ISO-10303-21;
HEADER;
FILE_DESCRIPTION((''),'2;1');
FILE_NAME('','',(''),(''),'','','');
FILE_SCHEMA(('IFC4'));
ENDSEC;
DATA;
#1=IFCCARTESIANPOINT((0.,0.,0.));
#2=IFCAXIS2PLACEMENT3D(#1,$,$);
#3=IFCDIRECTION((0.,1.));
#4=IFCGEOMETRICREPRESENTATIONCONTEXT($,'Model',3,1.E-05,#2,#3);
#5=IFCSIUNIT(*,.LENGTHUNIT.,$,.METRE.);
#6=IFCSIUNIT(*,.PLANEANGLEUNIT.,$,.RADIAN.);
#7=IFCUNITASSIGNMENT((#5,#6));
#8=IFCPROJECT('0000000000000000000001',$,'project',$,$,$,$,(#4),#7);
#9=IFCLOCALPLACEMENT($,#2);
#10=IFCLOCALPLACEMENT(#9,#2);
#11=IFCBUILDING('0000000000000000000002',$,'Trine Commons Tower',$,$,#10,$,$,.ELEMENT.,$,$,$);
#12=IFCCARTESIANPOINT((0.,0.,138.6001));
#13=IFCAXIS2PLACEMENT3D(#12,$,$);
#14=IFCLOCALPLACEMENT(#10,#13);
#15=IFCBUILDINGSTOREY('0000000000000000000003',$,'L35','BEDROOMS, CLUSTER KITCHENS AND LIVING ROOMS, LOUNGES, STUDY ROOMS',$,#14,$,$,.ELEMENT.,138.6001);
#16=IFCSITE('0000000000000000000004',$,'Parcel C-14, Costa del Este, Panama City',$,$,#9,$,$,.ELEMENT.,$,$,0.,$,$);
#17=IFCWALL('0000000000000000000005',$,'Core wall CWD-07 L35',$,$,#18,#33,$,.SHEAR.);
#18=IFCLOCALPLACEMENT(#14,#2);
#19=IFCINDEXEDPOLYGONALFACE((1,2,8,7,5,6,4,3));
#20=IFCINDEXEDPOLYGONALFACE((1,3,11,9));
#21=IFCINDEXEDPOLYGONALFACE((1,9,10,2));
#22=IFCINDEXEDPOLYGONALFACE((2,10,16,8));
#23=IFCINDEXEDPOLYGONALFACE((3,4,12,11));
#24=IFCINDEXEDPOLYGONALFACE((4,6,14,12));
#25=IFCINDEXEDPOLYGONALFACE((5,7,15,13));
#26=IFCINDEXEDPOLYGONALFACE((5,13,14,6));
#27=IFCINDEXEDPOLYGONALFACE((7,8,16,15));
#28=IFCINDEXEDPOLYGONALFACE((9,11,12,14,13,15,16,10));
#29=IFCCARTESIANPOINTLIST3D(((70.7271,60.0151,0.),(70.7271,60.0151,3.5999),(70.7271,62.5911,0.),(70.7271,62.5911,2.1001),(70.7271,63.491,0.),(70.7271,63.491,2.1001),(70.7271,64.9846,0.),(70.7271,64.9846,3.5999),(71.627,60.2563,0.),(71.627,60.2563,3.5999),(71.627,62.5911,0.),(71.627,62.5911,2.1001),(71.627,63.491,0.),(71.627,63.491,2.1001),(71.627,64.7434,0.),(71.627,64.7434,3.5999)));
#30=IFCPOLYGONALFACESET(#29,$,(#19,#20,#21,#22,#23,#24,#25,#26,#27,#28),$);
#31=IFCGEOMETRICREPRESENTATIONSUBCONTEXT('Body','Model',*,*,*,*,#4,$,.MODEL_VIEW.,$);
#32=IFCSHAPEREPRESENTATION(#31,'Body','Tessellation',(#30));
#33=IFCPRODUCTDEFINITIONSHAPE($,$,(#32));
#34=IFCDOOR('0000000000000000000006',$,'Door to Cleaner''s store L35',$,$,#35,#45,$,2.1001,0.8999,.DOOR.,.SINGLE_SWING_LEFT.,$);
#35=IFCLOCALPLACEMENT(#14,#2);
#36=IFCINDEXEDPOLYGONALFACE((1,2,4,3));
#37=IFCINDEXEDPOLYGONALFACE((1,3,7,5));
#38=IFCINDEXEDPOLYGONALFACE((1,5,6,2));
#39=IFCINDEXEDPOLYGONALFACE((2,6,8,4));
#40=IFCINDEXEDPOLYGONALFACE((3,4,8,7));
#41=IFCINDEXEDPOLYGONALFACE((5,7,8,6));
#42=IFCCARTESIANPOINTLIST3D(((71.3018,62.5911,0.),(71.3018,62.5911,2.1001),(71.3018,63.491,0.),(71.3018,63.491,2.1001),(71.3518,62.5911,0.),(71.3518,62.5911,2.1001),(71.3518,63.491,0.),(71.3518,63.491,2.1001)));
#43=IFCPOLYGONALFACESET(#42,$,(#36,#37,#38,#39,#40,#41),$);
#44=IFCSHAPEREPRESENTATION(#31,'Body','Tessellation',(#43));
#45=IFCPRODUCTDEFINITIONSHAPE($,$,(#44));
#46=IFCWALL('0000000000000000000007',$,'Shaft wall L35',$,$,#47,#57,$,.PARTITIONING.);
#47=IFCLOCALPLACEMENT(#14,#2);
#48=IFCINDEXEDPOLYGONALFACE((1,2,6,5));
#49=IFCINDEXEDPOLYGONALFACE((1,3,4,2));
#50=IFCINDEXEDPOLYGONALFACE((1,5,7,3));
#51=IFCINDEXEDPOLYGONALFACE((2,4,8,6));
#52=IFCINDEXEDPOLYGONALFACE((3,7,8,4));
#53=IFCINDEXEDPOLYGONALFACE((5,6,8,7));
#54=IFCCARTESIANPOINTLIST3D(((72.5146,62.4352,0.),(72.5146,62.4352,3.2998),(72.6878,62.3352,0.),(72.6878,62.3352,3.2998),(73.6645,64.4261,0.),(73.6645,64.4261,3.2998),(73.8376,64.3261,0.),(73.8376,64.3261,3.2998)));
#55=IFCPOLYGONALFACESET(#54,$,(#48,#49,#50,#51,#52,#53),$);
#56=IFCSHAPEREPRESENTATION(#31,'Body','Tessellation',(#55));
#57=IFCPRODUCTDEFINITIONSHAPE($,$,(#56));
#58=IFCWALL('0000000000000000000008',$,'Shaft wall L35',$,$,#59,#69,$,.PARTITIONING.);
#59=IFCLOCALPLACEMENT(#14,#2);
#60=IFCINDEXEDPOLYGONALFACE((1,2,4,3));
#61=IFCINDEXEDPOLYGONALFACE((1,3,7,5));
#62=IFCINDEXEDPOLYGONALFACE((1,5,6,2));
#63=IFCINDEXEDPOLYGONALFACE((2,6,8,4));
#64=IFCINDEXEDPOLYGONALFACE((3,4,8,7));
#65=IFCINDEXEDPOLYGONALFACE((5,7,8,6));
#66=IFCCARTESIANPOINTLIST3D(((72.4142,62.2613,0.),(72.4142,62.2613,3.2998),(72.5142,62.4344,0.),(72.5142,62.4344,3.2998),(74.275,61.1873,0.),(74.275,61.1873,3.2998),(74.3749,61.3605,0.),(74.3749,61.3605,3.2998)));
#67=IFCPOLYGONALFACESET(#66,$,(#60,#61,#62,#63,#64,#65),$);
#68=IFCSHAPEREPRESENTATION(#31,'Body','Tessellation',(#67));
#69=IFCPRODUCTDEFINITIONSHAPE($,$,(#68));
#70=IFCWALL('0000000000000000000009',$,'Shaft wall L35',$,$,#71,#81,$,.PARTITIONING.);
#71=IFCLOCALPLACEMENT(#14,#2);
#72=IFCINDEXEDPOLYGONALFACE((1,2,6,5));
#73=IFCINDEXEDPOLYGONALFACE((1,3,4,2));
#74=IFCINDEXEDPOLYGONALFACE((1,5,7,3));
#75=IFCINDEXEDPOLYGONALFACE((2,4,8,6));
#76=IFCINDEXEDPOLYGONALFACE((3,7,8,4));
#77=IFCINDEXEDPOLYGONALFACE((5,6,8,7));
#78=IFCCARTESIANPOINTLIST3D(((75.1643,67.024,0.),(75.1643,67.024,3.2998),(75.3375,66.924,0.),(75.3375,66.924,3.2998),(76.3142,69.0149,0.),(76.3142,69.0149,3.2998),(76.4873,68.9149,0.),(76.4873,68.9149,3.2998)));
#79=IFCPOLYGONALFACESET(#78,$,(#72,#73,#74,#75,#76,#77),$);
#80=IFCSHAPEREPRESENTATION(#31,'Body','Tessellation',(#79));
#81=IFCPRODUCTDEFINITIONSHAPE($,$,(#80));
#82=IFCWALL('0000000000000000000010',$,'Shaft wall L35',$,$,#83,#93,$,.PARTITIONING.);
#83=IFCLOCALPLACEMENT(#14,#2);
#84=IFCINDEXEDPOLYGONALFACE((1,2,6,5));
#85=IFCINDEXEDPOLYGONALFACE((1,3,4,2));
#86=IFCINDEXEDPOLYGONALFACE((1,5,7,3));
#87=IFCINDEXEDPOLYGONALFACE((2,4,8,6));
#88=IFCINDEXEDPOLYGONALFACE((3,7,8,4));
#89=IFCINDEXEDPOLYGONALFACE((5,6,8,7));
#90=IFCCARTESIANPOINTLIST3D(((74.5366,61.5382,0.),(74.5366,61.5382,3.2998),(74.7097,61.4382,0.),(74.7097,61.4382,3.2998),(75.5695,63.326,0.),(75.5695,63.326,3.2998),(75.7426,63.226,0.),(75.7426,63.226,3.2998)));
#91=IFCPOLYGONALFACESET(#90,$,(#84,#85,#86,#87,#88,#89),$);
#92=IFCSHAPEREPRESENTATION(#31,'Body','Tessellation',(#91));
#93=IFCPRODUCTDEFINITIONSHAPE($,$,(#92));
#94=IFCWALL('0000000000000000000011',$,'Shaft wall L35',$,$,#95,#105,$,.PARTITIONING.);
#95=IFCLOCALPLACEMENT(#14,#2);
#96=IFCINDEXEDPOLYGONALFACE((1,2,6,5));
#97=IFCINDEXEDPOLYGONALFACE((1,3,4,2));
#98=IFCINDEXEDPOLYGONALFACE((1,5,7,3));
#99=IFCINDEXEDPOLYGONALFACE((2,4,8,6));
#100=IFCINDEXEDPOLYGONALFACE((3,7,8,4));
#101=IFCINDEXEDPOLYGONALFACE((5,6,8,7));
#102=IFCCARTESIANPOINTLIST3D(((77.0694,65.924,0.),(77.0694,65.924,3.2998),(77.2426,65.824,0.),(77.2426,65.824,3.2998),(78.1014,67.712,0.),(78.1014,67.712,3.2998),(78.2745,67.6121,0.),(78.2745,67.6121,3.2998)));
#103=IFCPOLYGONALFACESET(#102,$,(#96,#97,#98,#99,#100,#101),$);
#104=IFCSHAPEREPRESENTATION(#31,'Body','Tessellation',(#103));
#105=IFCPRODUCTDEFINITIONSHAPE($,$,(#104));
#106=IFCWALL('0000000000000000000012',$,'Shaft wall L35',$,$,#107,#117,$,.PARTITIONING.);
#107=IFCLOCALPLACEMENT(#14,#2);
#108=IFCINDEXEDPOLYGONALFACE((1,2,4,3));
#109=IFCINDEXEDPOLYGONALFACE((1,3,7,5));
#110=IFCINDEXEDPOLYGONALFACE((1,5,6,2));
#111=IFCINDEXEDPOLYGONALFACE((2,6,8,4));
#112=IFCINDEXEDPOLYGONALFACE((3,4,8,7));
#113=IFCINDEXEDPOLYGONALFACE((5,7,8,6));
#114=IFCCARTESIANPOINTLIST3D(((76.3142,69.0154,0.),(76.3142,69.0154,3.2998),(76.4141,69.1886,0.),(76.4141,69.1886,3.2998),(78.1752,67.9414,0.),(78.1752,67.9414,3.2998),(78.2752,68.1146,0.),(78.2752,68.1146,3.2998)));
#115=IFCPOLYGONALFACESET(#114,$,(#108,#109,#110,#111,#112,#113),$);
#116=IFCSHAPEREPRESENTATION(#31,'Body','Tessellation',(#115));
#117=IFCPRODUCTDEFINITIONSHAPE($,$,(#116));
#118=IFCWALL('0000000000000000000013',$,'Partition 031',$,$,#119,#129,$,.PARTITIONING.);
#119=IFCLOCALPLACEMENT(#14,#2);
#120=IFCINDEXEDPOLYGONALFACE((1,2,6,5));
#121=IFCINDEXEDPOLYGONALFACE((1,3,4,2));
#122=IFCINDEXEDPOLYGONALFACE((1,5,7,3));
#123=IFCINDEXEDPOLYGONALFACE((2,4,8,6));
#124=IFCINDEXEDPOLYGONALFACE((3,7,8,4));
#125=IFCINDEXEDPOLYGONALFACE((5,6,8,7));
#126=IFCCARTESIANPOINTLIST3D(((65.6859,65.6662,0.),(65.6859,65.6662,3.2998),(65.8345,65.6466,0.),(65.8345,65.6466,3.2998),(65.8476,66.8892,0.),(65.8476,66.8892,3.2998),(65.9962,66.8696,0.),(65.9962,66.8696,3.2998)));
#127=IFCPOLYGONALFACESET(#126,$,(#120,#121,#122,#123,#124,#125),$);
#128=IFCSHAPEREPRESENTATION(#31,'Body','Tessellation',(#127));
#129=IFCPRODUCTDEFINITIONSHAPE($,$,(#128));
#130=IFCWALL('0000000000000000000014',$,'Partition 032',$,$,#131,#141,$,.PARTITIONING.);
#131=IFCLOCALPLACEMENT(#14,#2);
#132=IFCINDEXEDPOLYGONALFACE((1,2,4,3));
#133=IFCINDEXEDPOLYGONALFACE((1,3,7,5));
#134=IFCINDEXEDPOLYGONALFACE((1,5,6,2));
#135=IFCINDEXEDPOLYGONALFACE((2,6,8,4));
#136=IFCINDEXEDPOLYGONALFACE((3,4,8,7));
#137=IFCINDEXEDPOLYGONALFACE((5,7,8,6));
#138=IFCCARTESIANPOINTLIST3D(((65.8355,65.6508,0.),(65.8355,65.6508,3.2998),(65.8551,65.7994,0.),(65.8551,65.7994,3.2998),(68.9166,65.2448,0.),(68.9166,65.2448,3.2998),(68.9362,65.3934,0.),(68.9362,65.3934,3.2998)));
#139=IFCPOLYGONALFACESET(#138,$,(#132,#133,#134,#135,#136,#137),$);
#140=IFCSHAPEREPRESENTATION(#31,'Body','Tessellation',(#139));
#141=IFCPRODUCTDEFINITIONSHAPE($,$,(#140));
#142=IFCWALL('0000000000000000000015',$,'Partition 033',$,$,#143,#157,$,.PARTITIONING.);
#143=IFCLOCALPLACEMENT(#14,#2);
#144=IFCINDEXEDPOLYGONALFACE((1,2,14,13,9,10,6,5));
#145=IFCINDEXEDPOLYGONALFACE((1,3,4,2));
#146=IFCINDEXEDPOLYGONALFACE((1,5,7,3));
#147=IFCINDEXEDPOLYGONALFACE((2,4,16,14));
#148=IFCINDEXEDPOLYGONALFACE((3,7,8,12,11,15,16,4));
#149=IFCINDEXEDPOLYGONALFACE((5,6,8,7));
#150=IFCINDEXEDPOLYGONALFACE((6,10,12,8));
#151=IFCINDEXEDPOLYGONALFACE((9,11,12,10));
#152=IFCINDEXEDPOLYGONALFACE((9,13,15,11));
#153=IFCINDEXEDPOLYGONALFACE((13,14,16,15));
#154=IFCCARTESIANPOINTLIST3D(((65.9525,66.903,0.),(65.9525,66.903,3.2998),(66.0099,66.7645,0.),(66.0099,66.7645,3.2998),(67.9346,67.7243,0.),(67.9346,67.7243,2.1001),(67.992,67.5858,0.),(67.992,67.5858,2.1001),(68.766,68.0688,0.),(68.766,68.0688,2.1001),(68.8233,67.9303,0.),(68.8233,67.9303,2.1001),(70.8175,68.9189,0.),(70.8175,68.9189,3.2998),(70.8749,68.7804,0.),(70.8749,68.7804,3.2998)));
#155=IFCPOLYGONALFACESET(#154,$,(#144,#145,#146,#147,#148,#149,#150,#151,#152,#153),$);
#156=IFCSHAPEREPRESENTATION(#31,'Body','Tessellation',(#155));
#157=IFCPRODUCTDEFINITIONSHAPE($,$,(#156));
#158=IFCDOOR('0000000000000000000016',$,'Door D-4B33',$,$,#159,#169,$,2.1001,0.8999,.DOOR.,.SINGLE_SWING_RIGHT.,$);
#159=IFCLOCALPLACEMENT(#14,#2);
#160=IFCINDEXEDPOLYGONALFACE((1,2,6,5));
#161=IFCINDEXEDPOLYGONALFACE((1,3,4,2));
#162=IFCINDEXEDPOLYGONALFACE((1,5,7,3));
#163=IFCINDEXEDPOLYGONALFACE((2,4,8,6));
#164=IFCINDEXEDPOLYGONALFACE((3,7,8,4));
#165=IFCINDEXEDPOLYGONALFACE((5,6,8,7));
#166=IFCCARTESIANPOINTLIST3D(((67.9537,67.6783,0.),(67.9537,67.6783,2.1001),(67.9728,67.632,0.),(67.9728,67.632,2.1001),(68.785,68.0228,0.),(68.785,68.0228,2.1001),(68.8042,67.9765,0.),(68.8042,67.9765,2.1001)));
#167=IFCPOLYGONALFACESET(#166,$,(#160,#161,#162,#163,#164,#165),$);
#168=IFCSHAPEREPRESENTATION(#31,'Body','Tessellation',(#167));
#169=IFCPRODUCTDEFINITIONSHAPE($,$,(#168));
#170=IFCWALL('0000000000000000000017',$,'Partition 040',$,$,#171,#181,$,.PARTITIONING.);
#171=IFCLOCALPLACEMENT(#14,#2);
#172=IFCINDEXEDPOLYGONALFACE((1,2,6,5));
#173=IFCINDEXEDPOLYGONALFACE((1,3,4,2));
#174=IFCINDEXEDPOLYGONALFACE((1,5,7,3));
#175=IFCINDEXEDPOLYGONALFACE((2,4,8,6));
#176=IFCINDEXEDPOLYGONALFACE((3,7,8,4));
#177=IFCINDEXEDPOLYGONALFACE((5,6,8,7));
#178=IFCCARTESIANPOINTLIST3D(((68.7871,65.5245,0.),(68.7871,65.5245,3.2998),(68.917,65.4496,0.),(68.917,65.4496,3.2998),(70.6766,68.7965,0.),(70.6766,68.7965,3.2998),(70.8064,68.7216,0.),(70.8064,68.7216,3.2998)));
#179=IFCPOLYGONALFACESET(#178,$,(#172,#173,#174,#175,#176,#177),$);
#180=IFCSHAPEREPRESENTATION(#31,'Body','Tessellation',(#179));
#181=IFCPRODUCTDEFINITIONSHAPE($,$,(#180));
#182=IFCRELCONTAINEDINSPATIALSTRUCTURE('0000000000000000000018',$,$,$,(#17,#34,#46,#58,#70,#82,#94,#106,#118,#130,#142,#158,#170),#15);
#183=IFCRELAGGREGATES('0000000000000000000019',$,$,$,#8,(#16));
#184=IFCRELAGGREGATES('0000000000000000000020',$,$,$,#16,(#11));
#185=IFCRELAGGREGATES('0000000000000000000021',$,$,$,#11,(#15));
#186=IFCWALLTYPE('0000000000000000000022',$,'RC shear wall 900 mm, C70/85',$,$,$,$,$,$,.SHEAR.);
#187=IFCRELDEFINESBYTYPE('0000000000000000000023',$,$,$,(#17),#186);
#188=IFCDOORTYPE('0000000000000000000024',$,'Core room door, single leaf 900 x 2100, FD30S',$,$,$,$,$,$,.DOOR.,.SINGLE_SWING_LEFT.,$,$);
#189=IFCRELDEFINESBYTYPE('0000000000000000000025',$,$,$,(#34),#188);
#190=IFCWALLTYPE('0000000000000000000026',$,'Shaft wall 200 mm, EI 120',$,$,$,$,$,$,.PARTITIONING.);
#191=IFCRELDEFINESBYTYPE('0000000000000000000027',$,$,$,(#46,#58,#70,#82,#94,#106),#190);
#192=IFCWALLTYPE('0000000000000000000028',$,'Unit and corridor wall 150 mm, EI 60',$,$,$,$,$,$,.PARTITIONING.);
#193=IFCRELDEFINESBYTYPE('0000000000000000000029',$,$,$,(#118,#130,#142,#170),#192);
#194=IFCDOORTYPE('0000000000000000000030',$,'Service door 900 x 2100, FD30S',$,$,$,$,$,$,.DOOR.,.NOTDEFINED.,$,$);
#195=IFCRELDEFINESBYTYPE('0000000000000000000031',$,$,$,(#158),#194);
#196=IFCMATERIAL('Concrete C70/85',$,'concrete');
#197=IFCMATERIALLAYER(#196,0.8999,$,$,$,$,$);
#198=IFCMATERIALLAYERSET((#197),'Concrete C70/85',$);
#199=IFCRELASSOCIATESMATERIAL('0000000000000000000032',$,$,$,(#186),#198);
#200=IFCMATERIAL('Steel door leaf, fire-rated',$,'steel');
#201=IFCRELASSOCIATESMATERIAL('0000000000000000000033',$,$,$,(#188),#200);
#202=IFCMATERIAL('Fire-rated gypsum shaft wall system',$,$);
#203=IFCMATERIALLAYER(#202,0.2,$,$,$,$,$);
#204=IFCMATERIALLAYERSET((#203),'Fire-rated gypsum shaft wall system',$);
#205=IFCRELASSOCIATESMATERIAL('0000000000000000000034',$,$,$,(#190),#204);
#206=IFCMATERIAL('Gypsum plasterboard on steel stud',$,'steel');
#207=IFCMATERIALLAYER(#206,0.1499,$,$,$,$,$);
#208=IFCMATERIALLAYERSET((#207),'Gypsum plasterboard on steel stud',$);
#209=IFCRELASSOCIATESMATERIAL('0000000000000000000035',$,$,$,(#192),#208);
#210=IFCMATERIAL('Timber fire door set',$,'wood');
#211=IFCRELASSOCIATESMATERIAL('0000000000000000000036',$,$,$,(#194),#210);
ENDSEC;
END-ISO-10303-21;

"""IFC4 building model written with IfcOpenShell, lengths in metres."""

from ifc_helpers import new_model, si_unit, direction, frame, frame_2d, origin, place, context, subcontext, project, spatial, polyline, rectangle, outline, extrude, material, layer, layer_set, type_object, element, fill, save


model = new_model("IFC4")

# Units and contexts
model_context = context("Model", 3, precision=1e-05, world=origin(), true_north=direction((0.0, 1.0)))
body_context = subcontext(model_context, "Body", "Model", "MODEL_VIEW")
ifc_project = project(units=[si_unit("LENGTHUNIT", "METRE"), si_unit("PLANEANGLEUNIT", "RADIAN")], contexts=[model_context])

# Site, building, storey
site_placement = place(None, origin())
site = spatial("IfcSite", under=ifc_project, at=site_placement, Name="Parcel C-14, Costa del Este, Panama City", CompositionType="ELEMENT", RefElevation=0.0)
building_placement = place(site_placement, origin())
building = spatial("IfcBuilding", under=site, at=building_placement, Name="Trine Commons Tower", CompositionType="ELEMENT")
storey_placement = place(building_placement, frame((0.0, 0.0, 138.6001)))
storey = spatial("IfcBuildingStorey", under=building, at=storey_placement, Name="L35", Description="BEDROOMS, CLUSTER KITCHENS AND LIVING ROOMS, LOUNGES, STUDY ROOMS", CompositionType="ELEMENT", Elevation=138.6001)

# Shared definitions
ifc_material_1 = material(Name="Fire-rated gypsum shaft wall system")
ifc_material_2 = material(Name="Steel door leaf, fire-rated", Category="steel")
ifc_material_3 = material(Name="Concrete C70/85", Category="concrete")

# Wall, opening, door
ifc_layer_1 = layer(ifc_material_3, 0.8999)
ifc_layer_set_1 = layer_set([ifc_layer_1], Name="Concrete C70/85")
wall_type_1 = type_object("IfcWallType", Name="RC shear wall 900 mm, C70/85", PredefinedType="SHEAR", material=ifc_layer_set_1)
wall_1_placement = place(storey_placement, frame((71.177, 64.9846, 0.0), z_axis=(0.0, 0.0, 1.0), x_axis=(0.0, -1.0, 0.0)))
wall_1 = element("IfcWall", 1, at=wall_1_placement, inside=storey, type_object=wall_type_1, Name="Core wall CWD-07 L35", PredefinedType="SHEAR", context=body_context, shape_type="SweptSolid", body=[
    extrude(outline(polyline([(0.0, -0.45), (4.9695, -0.45), (4.7283, 0.45), (0.2412, 0.45), (0.0, -0.45)])), origin(), (0.0, 0.0, 1.0), 3.5999),
])
opening_1_placement = place(wall_1_placement, frame((1.4937, 0.0, 0.0)))
opening_1 = element("IfcOpeningElement", 2, at=opening_1_placement, cuts=wall_1, PredefinedType="OPENING", context=body_context, shape_type="SweptSolid", body=[
    extrude(rectangle(XDim=0.8999, YDim=2.1001, at=frame_2d((0.45, 1.05))), frame((0.0, 0.46, 0.0), z_axis=(0.0, -1.0, 0.0), x_axis=(1.0, 0.0, 0.0)), (0.0, 0.0, 1.0), 0.9199),
])
door_type_1 = type_object("IfcDoorType", Name="Core room door, single leaf 900 x 2100, FD30S", OperationType="SINGLE_SWING_LEFT", PredefinedType="DOOR", material=ifc_material_2)
door_1_placement = place(opening_1_placement, origin())
door_1 = element("IfcDoor", 3, at=door_1_placement, inside=storey, type_object=door_type_1, Name="Door to Cleaner's store L35", OperationType="SINGLE_SWING_LEFT", OverallHeight=2.1001, OverallWidth=0.8999, PredefinedType="DOOR", context=body_context, shape_type="SweptSolid", body=[
    extrude(rectangle(XDim=0.8999, YDim=2.1001, at=frame_2d((0.45, 1.05))), frame((0.0, 0.1748, 0.0), z_axis=(0.0, -1.0, 0.0), x_axis=(1.0, 0.0, 0.0)), (0.0, 0.0, 1.0), 0.05),
])
fill(opening_1, door_1)

# Walls
ifc_layer_2 = layer(ifc_material_1, 0.2)
ifc_layer_set_2 = layer_set([ifc_layer_2], Name="Fire-rated gypsum shaft wall system")
wall_type_2 = type_object("IfcWallType", Name="Shaft wall 200 mm, EI 120", PredefinedType="PARTITIONING", material=ifc_layer_set_2)
wall_2_placement = place(storey_placement, frame((73.751, 64.376, 0.0), z_axis=(0.0, 0.0, 1.0), x_axis=(-0.500136, -0.865947, 0.0)))
element("IfcWall", 4, at=wall_2_placement, inside=storey, type_object=wall_type_2, Name="Shaft wall L35", PredefinedType="PARTITIONING", context=body_context, shape_type="SweptSolid", body=[
    extrude(rectangle(XDim=2.2991, YDim=0.2, at=frame_2d((1.1494, 0.0))), origin(), (0.0, 0.0, 1.0), 3.2998),
])
wall_3_placement = place(storey_placement, frame((74.325, 61.2739, 0.0), z_axis=(0.0, 0.0, 1.0), x_axis=(-0.866102, 0.499867, 0.0)))
element("IfcWall", 5, at=wall_3_placement, inside=storey, type_object=wall_type_2, Name="Shaft wall L35", PredefinedType="PARTITIONING", context=body_context, shape_type="SweptSolid", body=[
    extrude(rectangle(XDim=2.1484, YDim=0.2, at=frame_2d((1.0742, 0.0))), origin(), (0.0, 0.0, 1.0), 3.2998),
])
wall_4_placement = place(storey_placement, frame((75.251, 66.9741, 0.0), z_axis=(0.0, 0.0, 1.0), x_axis=(0.500136, 0.865947, 0.0)))
element("IfcWall", 6, at=wall_4_placement, inside=storey, type_object=wall_type_2, Name="Shaft wall L35", PredefinedType="PARTITIONING", context=body_context, shape_type="SweptSolid", body=[
    extrude(rectangle(XDim=2.2991, YDim=0.2, at=frame_2d((1.1494, 0.0))), origin(), (0.0, 0.0, 1.0), 3.2998),
])
wall_5_placement = place(storey_placement, frame((75.656, 63.2759, 0.0), z_axis=(0.0, 0.0, 1.0), x_axis=(-0.500272, -0.865868, 0.0)))
element("IfcWall", 7, at=wall_5_placement, inside=storey, type_object=wall_type_2, Name="Shaft wall L35", PredefinedType="PARTITIONING", context=body_context, shape_type="SweptSolid", body=[
    extrude(rectangle(XDim=2.0647, YDim=0.2, at=frame_2d((1.0322, 0.0))), origin(), (0.0, 0.0, 1.0), 3.2998),
])
wall_6_placement = place(storey_placement, frame((77.156, 65.874, 0.0), z_axis=(0.0, 0.0, 1.0), x_axis=(0.499866, 0.866103, 0.0)))
element("IfcWall", 8, at=wall_6_placement, inside=storey, type_object=wall_type_2, Name="Shaft wall L35", PredefinedType="PARTITIONING", context=body_context, shape_type="SweptSolid", body=[
    extrude(rectangle(XDim=2.0645, YDim=0.2, at=frame_2d((1.0322, 0.0))), origin(), (0.0, 0.0, 1.0), 3.2998),
])
wall_7_placement = place(storey_placement, frame((78.2251, 68.0281, 0.0), z_axis=(0.0, 0.0, 1.0), x_axis=(-0.866131, 0.499818, 0.0)))
element("IfcWall", 9, at=wall_7_placement, inside=storey, type_object=wall_type_2, Name="Shaft wall L35", PredefinedType="PARTITIONING", context=body_context, shape_type="SweptSolid", body=[
    extrude(rectangle(XDim=2.1487, YDim=0.2, at=frame_2d((1.0742, 0.0))), origin(), (0.0, 0.0, 1.0), 3.2998),
])
ifc_material_4 = material(Name="Gypsum plasterboard on steel stud", Category="steel")
ifc_layer_3 = layer(ifc_material_4, 0.1499)
ifc_layer_set_3 = layer_set([ifc_layer_3], Name="Gypsum plasterboard on steel stud")
wall_type_3 = type_object("IfcWallType", Name="Unit and corridor wall 150 mm, EI 60", PredefinedType="PARTITIONING", material=ifc_layer_set_3)
wall_8_placement = place(storey_placement, frame((65.7603, 65.6565, 0.0), z_axis=(0.0, 0.0, 1.0), x_axis=(0.131023, 0.991379, 0.0)))
element("IfcWall", 10, at=wall_8_placement, inside=storey, type_object=wall_type_3, Name="Partition 031", PredefinedType="PARTITIONING", context=body_context, shape_type="SweptSolid", body=[
    extrude(rectangle(XDim=1.2336, YDim=0.1499, at=frame_2d((0.6167, 0.0))), origin(), (0.0, 0.0, 1.0), 3.2998),
])
wall_9_placement = place(storey_placement, frame((65.8455, 65.7251, 0.0), z_axis=(0.0, 0.0, 1.0), x_axis=(0.991429, -0.130646, 0.0)))
element("IfcWall", 11, at=wall_9_placement, inside=storey, type_object=wall_type_3, Name="Partition 032", PredefinedType="PARTITIONING", context=body_context, shape_type="SweptSolid", body=[
    extrude(rectangle(XDim=3.1077, YDim=0.1499, at=frame_2d((1.5537, 0.0))), origin(), (0.0, 0.0, 1.0), 3.2998),
])

# Wall, opening, door
wall_10_placement = place(storey_placement, frame((65.9812, 66.8337, 0.0), z_axis=(0.0, 0.0, 1.0), x_axis=(0.923831, 0.382801, 0.0)))
wall_10 = element("IfcWall", 12, at=wall_10_placement, inside=storey, type_object=wall_type_3, Name="Partition 033", PredefinedType="PARTITIONING", context=body_context, shape_type="SweptSolid", body=[
    extrude(rectangle(XDim=5.2661, YDim=0.1499, at=frame_2d((2.6331, 0.0))), origin(), (0.0, 0.0, 1.0), 3.2998),
])
opening_2_placement = place(wall_10_placement, frame((2.1455, 0.0, 0.0)))
opening_2 = element("IfcOpeningElement", 13, at=opening_2_placement, cuts=wall_10, PredefinedType="OPENING", context=body_context, shape_type="SweptSolid", body=[
    extrude(rectangle(XDim=0.8999, YDim=2.1001, at=frame_2d((0.45, 1.05))), frame((0.0, 0.085, 0.0), z_axis=(0.0, -1.0, 0.0), x_axis=(1.0, 0.0, 0.0)), (0.0, 0.0, 1.0), 0.1699),
])
ifc_material_5 = material(Name="Timber fire door set", Category="wood")
door_type_2 = type_object("IfcDoorType", Name="Service door 900 x 2100, FD30S", OperationType="NOTDEFINED", PredefinedType="DOOR", material=ifc_material_5)
door_2_placement = place(opening_2_placement, frame((0.8999, 0.0, 0.0), z_axis=(0.0, 0.0, 1.0), x_axis=(-1.0, 0.0, 0.0)))
door_2 = element("IfcDoor", 14, at=door_2_placement, inside=storey, type_object=door_type_2, Name="Door D-4B33", OperationType="SINGLE_SWING_RIGHT", OverallHeight=2.1001, OverallWidth=0.8999, PredefinedType="DOOR", context=body_context, shape_type="SweptSolid", body=[
    extrude(rectangle(XDim=0.8999, YDim=2.1001, at=frame_2d((0.45, 1.05))), frame((0.0, 0.0249, 0.0), z_axis=(0.0, -1.0, 0.0), x_axis=(1.0, 0.0, 0.0)), (0.0, 0.0, 1.0), 0.05),
])
fill(opening_2, door_2)

# Wall
wall_11_placement = place(storey_placement, frame((68.8521, 65.4871, 0.0), z_axis=(0.0, 0.0, 1.0), x_axis=(0.500066, 0.865988, 0.0)))
element("IfcWall", 15, at=wall_11_placement, inside=storey, type_object=wall_type_3, Name="Partition 040", PredefinedType="PARTITIONING", context=body_context, shape_type="SweptSolid", body=[
    extrude(rectangle(XDim=3.7783, YDim=0.1499, at=frame_2d((1.8892, 0.0))), origin(), (0.0, 0.0, 1.0), 3.2998),
])

save(model, "model.ifc")
